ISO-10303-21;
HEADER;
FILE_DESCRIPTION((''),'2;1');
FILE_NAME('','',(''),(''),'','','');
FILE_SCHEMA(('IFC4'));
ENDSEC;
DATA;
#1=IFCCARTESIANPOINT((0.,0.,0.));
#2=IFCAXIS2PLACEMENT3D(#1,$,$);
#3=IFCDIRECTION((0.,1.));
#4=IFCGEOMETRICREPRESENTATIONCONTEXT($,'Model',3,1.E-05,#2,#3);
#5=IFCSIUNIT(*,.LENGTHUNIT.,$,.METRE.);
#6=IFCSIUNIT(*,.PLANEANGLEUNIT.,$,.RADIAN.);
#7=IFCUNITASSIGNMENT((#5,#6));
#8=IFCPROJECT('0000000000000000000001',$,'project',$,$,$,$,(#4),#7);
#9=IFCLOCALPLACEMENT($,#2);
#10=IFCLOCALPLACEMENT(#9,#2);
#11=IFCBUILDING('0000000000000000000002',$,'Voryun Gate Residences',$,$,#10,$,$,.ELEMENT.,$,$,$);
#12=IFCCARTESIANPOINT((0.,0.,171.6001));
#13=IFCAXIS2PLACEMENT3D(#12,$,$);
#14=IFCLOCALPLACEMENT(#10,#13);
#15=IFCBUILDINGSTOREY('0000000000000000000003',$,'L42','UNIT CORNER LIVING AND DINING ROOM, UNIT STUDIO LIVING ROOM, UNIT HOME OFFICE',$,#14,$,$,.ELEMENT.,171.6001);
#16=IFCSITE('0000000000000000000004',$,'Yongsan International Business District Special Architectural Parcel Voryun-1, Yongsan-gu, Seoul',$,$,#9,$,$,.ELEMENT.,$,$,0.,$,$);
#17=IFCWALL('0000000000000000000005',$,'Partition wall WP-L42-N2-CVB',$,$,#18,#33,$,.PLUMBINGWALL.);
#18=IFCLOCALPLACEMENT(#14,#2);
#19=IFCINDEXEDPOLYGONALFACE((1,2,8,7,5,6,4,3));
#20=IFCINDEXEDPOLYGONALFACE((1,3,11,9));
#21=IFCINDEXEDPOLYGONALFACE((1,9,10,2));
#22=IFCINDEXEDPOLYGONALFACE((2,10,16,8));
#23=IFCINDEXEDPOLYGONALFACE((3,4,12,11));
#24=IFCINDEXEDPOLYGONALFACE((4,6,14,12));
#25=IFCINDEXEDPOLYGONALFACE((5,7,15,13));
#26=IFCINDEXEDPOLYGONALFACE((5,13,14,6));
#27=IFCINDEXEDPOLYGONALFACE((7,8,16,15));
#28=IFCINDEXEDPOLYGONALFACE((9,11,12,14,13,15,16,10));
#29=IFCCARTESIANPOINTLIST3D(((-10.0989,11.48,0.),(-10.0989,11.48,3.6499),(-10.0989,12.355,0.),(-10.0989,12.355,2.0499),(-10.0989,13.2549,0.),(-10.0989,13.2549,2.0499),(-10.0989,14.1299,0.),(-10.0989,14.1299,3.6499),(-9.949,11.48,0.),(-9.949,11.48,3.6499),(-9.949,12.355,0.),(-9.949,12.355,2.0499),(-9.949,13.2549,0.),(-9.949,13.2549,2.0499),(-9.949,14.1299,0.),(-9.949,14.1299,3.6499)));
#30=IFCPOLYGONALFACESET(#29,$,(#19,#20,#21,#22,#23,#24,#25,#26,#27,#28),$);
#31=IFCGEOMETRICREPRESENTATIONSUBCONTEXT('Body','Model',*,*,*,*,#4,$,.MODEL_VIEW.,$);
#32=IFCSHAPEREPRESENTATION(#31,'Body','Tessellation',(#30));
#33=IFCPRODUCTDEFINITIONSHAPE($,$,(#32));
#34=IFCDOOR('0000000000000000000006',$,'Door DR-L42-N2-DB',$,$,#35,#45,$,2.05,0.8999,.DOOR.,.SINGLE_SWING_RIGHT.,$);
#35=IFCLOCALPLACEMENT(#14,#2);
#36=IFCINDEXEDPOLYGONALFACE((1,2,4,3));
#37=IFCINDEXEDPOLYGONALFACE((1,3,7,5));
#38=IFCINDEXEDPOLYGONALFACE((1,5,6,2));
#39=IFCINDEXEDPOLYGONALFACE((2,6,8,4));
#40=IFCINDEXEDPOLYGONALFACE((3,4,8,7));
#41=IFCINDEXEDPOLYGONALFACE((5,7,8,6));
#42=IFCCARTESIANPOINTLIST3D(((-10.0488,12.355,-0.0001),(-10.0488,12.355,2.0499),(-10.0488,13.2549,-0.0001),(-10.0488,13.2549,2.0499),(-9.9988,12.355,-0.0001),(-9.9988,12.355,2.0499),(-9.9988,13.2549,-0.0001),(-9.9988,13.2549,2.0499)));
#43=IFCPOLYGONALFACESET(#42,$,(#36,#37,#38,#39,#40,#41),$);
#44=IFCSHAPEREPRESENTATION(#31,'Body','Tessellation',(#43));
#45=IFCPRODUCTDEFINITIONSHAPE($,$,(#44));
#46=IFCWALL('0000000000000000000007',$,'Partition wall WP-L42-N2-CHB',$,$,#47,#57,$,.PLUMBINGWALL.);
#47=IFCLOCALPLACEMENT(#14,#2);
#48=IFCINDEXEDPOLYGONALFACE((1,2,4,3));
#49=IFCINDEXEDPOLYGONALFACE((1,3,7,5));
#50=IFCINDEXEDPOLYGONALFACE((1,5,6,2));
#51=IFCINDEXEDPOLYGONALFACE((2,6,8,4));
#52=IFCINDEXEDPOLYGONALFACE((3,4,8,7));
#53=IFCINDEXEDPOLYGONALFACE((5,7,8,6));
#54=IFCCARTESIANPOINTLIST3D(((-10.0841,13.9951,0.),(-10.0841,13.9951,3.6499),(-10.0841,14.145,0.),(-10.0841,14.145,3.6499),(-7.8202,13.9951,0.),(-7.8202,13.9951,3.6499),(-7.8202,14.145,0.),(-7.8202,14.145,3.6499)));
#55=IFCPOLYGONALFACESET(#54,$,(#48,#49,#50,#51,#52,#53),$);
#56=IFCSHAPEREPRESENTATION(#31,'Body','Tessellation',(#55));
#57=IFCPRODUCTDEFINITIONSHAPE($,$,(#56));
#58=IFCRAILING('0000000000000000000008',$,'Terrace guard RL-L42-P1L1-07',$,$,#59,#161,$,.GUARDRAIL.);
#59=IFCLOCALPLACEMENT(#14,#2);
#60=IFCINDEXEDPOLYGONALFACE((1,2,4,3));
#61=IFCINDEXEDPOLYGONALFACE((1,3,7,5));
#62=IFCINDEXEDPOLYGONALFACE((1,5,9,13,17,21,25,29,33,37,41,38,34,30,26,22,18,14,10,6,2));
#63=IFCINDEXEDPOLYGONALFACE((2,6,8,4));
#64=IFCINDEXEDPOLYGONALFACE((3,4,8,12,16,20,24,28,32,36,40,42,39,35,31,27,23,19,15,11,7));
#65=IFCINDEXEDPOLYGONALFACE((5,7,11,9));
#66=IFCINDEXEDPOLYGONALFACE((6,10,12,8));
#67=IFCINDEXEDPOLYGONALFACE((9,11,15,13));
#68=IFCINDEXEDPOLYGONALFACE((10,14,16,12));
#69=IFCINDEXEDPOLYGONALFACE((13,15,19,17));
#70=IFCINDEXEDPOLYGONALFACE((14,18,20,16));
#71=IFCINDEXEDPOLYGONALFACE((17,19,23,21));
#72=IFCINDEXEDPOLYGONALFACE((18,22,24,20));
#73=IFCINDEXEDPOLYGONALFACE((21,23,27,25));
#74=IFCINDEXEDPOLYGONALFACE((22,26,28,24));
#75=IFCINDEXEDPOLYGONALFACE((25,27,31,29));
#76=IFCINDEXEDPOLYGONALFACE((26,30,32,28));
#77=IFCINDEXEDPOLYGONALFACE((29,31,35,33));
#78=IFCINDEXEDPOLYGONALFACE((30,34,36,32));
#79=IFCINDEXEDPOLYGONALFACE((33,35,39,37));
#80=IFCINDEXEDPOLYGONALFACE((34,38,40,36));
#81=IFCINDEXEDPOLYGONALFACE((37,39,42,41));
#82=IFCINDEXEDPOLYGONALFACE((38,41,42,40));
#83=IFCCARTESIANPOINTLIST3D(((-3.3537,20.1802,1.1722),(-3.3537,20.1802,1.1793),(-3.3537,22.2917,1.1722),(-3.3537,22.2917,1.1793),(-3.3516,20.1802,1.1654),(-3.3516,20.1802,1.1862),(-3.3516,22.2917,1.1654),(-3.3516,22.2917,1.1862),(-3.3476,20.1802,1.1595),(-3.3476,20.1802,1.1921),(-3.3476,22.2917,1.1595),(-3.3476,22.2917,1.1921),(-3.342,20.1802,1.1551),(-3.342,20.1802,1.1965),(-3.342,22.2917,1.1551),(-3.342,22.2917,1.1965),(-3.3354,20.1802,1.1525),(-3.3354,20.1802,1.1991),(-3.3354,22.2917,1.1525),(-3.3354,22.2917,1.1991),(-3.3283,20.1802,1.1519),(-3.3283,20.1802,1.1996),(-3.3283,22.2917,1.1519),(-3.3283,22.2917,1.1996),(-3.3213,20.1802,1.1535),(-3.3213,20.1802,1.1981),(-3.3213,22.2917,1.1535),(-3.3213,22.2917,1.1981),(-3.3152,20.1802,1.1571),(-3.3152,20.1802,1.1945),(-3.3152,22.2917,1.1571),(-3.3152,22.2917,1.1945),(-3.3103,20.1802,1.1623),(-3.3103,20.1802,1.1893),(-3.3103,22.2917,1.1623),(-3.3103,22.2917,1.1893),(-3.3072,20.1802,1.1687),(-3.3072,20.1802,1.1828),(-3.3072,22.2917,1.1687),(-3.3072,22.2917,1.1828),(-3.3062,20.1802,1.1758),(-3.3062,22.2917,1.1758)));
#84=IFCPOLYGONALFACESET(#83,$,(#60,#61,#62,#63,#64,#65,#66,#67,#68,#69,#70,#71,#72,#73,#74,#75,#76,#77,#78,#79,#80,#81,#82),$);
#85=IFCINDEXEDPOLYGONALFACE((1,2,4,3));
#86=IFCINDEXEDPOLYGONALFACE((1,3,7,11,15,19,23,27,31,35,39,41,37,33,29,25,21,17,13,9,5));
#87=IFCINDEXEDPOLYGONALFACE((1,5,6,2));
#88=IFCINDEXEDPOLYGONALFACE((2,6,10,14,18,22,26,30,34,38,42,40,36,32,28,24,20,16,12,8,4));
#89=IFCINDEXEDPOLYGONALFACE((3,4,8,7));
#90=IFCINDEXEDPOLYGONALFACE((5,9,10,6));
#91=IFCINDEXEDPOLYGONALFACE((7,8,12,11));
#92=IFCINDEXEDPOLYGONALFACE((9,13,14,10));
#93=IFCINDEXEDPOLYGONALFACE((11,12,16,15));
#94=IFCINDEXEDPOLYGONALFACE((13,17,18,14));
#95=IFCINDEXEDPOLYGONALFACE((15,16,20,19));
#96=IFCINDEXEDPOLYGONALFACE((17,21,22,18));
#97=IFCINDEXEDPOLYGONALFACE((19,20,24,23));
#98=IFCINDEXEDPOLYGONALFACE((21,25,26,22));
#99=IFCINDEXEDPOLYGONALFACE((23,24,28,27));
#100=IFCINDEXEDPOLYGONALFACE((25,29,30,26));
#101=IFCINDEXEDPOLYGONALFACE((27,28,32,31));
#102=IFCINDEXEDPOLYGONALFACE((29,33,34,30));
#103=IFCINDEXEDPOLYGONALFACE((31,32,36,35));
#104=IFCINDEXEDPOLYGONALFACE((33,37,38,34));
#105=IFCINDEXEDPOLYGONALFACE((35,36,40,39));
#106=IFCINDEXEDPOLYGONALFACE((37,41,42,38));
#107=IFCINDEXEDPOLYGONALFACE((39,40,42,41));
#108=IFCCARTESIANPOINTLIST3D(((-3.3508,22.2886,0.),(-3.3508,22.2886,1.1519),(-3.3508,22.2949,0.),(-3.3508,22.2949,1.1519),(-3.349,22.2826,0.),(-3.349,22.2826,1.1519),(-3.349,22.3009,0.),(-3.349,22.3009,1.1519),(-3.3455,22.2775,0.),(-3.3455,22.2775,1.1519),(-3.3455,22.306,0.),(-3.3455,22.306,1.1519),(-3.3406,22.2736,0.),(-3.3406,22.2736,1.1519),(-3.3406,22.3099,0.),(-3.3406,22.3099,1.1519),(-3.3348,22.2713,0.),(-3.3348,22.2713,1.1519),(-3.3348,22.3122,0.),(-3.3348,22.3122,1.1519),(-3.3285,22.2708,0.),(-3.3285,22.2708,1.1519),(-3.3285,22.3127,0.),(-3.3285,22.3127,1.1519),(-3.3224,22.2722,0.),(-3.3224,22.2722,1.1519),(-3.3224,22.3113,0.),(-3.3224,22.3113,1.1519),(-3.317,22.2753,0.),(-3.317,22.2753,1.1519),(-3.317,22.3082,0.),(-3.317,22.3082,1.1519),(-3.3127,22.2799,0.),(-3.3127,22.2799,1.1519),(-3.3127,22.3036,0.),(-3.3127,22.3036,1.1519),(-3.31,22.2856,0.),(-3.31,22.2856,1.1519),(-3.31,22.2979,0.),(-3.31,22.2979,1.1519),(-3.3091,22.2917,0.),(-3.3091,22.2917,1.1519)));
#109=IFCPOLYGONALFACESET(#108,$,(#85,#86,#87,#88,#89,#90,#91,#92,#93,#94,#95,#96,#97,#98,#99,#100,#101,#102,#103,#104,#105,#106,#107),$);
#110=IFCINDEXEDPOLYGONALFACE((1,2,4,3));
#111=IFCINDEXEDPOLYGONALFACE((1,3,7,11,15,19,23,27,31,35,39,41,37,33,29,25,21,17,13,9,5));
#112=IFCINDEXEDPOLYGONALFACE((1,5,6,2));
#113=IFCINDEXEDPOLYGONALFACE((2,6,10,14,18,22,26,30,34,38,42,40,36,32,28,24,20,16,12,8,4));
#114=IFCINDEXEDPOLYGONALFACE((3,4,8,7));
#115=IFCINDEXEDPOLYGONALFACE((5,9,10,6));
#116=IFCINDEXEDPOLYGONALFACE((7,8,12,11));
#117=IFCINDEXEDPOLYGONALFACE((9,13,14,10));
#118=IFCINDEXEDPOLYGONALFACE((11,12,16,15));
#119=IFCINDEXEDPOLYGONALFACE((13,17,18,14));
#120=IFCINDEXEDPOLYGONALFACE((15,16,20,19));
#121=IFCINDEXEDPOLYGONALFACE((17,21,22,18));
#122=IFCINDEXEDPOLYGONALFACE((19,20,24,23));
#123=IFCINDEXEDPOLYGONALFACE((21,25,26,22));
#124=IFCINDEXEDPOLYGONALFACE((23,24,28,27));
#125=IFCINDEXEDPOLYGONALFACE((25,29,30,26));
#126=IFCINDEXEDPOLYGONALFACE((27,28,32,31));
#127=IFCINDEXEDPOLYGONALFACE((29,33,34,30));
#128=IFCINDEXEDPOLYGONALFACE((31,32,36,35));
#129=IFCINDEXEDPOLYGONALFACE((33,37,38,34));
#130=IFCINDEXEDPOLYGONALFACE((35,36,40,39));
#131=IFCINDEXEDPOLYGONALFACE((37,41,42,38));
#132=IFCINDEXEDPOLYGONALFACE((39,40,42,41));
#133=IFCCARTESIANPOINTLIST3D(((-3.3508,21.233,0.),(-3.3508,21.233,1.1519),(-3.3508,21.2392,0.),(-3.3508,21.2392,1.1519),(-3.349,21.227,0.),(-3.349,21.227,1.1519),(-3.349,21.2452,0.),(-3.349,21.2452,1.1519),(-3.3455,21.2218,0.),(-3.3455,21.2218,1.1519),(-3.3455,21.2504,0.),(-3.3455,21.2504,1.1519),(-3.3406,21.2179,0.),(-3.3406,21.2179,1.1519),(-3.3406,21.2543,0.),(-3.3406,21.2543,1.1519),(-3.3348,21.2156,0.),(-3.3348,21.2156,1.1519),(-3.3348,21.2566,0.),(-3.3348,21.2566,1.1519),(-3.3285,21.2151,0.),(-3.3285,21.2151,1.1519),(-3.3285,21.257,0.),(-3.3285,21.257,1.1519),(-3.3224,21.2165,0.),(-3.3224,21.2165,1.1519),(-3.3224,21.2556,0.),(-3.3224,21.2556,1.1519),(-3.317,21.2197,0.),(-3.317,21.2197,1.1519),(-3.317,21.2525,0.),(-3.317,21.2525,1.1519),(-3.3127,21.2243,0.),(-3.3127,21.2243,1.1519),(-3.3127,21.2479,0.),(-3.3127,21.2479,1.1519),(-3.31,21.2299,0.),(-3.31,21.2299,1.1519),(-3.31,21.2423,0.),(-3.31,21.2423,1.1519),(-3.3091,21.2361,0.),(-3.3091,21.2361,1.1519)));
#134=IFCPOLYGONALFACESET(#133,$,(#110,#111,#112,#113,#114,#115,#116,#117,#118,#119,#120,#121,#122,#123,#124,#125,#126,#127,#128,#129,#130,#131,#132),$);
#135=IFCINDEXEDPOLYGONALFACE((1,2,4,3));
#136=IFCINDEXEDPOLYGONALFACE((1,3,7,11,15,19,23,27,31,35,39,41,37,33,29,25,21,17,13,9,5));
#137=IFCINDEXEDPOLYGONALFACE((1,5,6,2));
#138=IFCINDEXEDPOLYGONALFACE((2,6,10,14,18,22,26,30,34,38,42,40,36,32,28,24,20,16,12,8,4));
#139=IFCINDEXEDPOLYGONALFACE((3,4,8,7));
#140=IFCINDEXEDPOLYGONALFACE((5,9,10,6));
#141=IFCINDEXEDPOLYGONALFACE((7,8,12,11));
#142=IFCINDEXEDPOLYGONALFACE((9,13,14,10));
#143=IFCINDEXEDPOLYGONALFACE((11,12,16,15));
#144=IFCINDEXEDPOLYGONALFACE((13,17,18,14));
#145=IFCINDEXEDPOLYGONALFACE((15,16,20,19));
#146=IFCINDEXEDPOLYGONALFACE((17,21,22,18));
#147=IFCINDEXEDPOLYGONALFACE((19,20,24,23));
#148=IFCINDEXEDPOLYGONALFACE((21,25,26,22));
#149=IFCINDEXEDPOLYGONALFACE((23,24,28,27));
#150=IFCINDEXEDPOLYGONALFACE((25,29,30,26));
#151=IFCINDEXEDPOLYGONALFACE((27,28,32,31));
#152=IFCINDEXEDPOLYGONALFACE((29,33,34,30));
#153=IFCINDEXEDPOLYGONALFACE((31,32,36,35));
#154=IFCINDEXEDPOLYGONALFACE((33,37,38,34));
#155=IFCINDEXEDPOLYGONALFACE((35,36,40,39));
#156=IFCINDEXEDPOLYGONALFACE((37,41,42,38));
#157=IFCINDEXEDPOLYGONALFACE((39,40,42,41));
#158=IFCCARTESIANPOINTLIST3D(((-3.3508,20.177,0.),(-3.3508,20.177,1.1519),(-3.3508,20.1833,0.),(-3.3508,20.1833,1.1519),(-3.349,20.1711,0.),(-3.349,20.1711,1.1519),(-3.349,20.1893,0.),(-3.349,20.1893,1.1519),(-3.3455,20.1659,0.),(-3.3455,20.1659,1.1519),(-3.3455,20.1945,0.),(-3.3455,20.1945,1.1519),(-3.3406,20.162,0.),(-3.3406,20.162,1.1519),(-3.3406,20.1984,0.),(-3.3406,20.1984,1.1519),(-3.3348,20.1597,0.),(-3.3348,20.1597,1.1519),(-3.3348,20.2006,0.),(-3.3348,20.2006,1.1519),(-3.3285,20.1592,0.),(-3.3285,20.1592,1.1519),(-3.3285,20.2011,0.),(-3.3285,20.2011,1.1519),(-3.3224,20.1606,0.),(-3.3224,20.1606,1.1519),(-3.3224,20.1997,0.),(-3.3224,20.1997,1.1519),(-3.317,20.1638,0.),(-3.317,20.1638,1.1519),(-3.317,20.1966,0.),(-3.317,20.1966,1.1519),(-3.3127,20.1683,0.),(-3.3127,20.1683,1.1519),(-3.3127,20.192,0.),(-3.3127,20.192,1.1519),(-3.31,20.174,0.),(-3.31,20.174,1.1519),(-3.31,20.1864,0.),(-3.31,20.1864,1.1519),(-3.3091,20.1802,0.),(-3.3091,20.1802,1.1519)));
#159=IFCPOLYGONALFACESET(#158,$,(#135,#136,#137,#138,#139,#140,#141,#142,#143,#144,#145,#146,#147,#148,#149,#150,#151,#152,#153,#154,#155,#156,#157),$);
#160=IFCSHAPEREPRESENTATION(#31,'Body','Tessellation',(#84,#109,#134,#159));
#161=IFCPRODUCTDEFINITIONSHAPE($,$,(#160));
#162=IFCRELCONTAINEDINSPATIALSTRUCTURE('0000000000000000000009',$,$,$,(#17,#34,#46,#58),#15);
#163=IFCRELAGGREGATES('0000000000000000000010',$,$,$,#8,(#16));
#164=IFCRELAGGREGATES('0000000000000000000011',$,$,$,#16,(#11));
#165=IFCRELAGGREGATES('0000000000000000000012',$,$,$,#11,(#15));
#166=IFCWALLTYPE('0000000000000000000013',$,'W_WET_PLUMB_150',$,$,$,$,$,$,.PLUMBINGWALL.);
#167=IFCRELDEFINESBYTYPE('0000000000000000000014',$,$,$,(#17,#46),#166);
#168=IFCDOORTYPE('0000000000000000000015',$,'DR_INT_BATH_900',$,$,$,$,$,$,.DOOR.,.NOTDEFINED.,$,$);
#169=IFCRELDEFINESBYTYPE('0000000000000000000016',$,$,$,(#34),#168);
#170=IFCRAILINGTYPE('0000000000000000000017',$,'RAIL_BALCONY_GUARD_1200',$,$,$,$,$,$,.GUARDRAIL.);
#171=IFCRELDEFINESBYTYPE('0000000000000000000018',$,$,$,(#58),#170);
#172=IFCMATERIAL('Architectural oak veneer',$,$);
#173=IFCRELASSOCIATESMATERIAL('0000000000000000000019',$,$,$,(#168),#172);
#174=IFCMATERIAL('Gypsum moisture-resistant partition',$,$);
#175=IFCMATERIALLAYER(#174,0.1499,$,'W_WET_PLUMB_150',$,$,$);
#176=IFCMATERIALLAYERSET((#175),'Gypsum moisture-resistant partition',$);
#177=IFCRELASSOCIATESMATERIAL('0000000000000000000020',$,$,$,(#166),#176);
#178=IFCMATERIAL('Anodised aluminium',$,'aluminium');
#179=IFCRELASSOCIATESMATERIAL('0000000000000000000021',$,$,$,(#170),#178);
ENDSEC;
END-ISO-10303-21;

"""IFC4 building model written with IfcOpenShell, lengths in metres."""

from ifc_helpers import new_model, si_unit, direction, frame, frame_2d, origin, origin_2d, place, context, subcontext, project, spatial, rectangle, circle, extrude, material, layer, layer_set, type_object, element, fill, save


model = new_model("IFC4")

# Units and contexts
model_context = context("Model", 3, precision=1e-05, world=origin(), true_north=direction((0.0, 1.0)))
body_context = subcontext(model_context, "Body", "Model", "MODEL_VIEW")
ifc_project = project(units=[si_unit("LENGTHUNIT", "METRE"), si_unit("PLANEANGLEUNIT", "RADIAN")], contexts=[model_context])

# Site, building, storey
site_placement = place(None, origin())
site = spatial("IfcSite", under=ifc_project, at=site_placement, Name="Yongsan International Business District Special Architectural Parcel Voryun-1, Yongsan-gu, Seoul", CompositionType="ELEMENT", RefElevation=0.0)
building_placement = place(site_placement, origin())
building = spatial("IfcBuilding", under=site, at=building_placement, Name="Voryun Gate Residences", CompositionType="ELEMENT")
storey_placement = place(building_placement, frame((0.0, 0.0, 171.6001)))
storey = spatial("IfcBuildingStorey", under=building, at=storey_placement, Name="L42", Description="UNIT CORNER LIVING AND DINING ROOM, UNIT STUDIO LIVING ROOM, UNIT HOME OFFICE", CompositionType="ELEMENT", Elevation=171.6001)

# Shared definitions
ifc_material_1 = material(Name="Architectural oak veneer")
door_type = type_object("IfcDoorType", Name="DR_INT_BATH_900", OperationType="NOTDEFINED", PredefinedType="DOOR", material=ifc_material_1)

# Wall, opening, door
ifc_material_2 = material(Name="Gypsum moisture-resistant partition")
ifc_layer_1 = layer(ifc_material_2, 0.1499, Name="W_WET_PLUMB_150")
ifc_layer_set_1 = layer_set([ifc_layer_1], Name="Gypsum moisture-resistant partition")
wall_type_1 = type_object("IfcWallType", Name="W_WET_PLUMB_150", PredefinedType="PLUMBINGWALL", material=ifc_layer_set_1)
wall_1_placement = place(storey_placement, frame((-10.0239, 11.48, 0.0), z_axis=(0.0, 0.0, 1.0), x_axis=(0.0, 1.0, 0.0)))
wall_1 = element("IfcWall", 1, at=wall_1_placement, inside=storey, type_object=wall_type_1, Name="Partition wall WP-L42-N2-CVB", PredefinedType="PLUMBINGWALL", context=body_context, shape_type="SweptSolid", body=[
    extrude(rectangle(XDim=2.6499, YDim=0.1499, at=frame_2d((1.325, 0.0))), origin(), (0.0, 0.0, 1.0), 3.6499),
])
opening_1_placement = place(wall_1_placement, frame((0.875, 0.0, 0.0)))
opening_1 = element("IfcOpeningElement", 2, at=opening_1_placement, cuts=wall_1, PredefinedType="OPENING", context=body_context, shape_type="SweptSolid", body=[
    extrude(rectangle(XDim=0.8999, YDim=2.05, at=frame_2d((0.45, 1.0249))), frame((0.0, 0.085, 0.0), z_axis=(0.0, -1.0, 0.0), x_axis=(1.0, 0.0, 0.0)), (0.0, 0.0, 1.0), 0.1699),
])
door_1_placement = place(opening_1_placement, origin())
door_1 = element("IfcDoor", 3, at=door_1_placement, inside=storey, type_object=door_type, Name="Door DR-L42-N2-DB", OperationType="SINGLE_SWING_RIGHT", OverallHeight=2.05, OverallWidth=0.8999, PredefinedType="DOOR", context=body_context, shape_type="SweptSolid", body=[
    extrude(rectangle(XDim=0.8999, YDim=2.05, at=frame_2d((0.45, 1.0249))), frame((0.0, 0.0249, 0.0), z_axis=(0.0, -1.0, 0.0), x_axis=(1.0, 0.0, 0.0)), (0.0, 0.0, 1.0), 0.05),
])
fill(opening_1, door_1)

# Wall
wall_2_placement = place(storey_placement, frame((-10.084, 14.0701, 0.0), z_axis=(0.0, 0.0, 1.0), x_axis=(1.0, 0.0, 0.0)))
element("IfcWall", 4, at=wall_2_placement, inside=storey, type_object=wall_type_1, Name="Partition wall WP-L42-N2-CHB", PredefinedType="PLUMBINGWALL", context=body_context, shape_type="SweptSolid", body=[
    extrude(rectangle(XDim=2.2639, YDim=0.1499, at=frame_2d((1.1318, 0.0))), origin(), (0.0, 0.0, 1.0), 3.6499),
])

# Railing
ifc_material_3 = material(Name="Anodised aluminium", Category="aluminium")
railing_type = type_object("IfcRailingType", Name="RAIL_BALCONY_GUARD_1200", PredefinedType="GUARDRAIL", material=ifc_material_3)
railing_placement = place(storey_placement, frame((-3.3301, 22.2917, 0.0)))
element("IfcRailing", 5, at=railing_placement, inside=storey, type_object=railing_type, Name="Terrace guard RL-L42-P1L1-07", PredefinedType="GUARDRAIL", context=body_context, shape_type="SweptSolid", body=[
    extrude(circle(Radius=0.0239, at=origin_2d()), frame((0.0, 0.0, 1.1758), z_axis=(0.0, -1.0, 0.0), x_axis=(1.0, 0.0, 0.0)), (0.0, 0.0, 1.0), 2.1116),
    extrude(circle(Radius=0.021, at=origin_2d()), origin(), (0.0, 0.0, 1.0), 1.1519),
    extrude(circle(Radius=0.021, at=origin_2d()), frame((0.0, -1.0557, 0.0)), (0.0, 0.0, 1.0), 1.1519),
    extrude(circle(Radius=0.021, at=origin_2d()), frame((0.0, -2.1116, 0.0)), (0.0, 0.0, 1.0), 1.1519),
])

save(model, "model.ifc")
